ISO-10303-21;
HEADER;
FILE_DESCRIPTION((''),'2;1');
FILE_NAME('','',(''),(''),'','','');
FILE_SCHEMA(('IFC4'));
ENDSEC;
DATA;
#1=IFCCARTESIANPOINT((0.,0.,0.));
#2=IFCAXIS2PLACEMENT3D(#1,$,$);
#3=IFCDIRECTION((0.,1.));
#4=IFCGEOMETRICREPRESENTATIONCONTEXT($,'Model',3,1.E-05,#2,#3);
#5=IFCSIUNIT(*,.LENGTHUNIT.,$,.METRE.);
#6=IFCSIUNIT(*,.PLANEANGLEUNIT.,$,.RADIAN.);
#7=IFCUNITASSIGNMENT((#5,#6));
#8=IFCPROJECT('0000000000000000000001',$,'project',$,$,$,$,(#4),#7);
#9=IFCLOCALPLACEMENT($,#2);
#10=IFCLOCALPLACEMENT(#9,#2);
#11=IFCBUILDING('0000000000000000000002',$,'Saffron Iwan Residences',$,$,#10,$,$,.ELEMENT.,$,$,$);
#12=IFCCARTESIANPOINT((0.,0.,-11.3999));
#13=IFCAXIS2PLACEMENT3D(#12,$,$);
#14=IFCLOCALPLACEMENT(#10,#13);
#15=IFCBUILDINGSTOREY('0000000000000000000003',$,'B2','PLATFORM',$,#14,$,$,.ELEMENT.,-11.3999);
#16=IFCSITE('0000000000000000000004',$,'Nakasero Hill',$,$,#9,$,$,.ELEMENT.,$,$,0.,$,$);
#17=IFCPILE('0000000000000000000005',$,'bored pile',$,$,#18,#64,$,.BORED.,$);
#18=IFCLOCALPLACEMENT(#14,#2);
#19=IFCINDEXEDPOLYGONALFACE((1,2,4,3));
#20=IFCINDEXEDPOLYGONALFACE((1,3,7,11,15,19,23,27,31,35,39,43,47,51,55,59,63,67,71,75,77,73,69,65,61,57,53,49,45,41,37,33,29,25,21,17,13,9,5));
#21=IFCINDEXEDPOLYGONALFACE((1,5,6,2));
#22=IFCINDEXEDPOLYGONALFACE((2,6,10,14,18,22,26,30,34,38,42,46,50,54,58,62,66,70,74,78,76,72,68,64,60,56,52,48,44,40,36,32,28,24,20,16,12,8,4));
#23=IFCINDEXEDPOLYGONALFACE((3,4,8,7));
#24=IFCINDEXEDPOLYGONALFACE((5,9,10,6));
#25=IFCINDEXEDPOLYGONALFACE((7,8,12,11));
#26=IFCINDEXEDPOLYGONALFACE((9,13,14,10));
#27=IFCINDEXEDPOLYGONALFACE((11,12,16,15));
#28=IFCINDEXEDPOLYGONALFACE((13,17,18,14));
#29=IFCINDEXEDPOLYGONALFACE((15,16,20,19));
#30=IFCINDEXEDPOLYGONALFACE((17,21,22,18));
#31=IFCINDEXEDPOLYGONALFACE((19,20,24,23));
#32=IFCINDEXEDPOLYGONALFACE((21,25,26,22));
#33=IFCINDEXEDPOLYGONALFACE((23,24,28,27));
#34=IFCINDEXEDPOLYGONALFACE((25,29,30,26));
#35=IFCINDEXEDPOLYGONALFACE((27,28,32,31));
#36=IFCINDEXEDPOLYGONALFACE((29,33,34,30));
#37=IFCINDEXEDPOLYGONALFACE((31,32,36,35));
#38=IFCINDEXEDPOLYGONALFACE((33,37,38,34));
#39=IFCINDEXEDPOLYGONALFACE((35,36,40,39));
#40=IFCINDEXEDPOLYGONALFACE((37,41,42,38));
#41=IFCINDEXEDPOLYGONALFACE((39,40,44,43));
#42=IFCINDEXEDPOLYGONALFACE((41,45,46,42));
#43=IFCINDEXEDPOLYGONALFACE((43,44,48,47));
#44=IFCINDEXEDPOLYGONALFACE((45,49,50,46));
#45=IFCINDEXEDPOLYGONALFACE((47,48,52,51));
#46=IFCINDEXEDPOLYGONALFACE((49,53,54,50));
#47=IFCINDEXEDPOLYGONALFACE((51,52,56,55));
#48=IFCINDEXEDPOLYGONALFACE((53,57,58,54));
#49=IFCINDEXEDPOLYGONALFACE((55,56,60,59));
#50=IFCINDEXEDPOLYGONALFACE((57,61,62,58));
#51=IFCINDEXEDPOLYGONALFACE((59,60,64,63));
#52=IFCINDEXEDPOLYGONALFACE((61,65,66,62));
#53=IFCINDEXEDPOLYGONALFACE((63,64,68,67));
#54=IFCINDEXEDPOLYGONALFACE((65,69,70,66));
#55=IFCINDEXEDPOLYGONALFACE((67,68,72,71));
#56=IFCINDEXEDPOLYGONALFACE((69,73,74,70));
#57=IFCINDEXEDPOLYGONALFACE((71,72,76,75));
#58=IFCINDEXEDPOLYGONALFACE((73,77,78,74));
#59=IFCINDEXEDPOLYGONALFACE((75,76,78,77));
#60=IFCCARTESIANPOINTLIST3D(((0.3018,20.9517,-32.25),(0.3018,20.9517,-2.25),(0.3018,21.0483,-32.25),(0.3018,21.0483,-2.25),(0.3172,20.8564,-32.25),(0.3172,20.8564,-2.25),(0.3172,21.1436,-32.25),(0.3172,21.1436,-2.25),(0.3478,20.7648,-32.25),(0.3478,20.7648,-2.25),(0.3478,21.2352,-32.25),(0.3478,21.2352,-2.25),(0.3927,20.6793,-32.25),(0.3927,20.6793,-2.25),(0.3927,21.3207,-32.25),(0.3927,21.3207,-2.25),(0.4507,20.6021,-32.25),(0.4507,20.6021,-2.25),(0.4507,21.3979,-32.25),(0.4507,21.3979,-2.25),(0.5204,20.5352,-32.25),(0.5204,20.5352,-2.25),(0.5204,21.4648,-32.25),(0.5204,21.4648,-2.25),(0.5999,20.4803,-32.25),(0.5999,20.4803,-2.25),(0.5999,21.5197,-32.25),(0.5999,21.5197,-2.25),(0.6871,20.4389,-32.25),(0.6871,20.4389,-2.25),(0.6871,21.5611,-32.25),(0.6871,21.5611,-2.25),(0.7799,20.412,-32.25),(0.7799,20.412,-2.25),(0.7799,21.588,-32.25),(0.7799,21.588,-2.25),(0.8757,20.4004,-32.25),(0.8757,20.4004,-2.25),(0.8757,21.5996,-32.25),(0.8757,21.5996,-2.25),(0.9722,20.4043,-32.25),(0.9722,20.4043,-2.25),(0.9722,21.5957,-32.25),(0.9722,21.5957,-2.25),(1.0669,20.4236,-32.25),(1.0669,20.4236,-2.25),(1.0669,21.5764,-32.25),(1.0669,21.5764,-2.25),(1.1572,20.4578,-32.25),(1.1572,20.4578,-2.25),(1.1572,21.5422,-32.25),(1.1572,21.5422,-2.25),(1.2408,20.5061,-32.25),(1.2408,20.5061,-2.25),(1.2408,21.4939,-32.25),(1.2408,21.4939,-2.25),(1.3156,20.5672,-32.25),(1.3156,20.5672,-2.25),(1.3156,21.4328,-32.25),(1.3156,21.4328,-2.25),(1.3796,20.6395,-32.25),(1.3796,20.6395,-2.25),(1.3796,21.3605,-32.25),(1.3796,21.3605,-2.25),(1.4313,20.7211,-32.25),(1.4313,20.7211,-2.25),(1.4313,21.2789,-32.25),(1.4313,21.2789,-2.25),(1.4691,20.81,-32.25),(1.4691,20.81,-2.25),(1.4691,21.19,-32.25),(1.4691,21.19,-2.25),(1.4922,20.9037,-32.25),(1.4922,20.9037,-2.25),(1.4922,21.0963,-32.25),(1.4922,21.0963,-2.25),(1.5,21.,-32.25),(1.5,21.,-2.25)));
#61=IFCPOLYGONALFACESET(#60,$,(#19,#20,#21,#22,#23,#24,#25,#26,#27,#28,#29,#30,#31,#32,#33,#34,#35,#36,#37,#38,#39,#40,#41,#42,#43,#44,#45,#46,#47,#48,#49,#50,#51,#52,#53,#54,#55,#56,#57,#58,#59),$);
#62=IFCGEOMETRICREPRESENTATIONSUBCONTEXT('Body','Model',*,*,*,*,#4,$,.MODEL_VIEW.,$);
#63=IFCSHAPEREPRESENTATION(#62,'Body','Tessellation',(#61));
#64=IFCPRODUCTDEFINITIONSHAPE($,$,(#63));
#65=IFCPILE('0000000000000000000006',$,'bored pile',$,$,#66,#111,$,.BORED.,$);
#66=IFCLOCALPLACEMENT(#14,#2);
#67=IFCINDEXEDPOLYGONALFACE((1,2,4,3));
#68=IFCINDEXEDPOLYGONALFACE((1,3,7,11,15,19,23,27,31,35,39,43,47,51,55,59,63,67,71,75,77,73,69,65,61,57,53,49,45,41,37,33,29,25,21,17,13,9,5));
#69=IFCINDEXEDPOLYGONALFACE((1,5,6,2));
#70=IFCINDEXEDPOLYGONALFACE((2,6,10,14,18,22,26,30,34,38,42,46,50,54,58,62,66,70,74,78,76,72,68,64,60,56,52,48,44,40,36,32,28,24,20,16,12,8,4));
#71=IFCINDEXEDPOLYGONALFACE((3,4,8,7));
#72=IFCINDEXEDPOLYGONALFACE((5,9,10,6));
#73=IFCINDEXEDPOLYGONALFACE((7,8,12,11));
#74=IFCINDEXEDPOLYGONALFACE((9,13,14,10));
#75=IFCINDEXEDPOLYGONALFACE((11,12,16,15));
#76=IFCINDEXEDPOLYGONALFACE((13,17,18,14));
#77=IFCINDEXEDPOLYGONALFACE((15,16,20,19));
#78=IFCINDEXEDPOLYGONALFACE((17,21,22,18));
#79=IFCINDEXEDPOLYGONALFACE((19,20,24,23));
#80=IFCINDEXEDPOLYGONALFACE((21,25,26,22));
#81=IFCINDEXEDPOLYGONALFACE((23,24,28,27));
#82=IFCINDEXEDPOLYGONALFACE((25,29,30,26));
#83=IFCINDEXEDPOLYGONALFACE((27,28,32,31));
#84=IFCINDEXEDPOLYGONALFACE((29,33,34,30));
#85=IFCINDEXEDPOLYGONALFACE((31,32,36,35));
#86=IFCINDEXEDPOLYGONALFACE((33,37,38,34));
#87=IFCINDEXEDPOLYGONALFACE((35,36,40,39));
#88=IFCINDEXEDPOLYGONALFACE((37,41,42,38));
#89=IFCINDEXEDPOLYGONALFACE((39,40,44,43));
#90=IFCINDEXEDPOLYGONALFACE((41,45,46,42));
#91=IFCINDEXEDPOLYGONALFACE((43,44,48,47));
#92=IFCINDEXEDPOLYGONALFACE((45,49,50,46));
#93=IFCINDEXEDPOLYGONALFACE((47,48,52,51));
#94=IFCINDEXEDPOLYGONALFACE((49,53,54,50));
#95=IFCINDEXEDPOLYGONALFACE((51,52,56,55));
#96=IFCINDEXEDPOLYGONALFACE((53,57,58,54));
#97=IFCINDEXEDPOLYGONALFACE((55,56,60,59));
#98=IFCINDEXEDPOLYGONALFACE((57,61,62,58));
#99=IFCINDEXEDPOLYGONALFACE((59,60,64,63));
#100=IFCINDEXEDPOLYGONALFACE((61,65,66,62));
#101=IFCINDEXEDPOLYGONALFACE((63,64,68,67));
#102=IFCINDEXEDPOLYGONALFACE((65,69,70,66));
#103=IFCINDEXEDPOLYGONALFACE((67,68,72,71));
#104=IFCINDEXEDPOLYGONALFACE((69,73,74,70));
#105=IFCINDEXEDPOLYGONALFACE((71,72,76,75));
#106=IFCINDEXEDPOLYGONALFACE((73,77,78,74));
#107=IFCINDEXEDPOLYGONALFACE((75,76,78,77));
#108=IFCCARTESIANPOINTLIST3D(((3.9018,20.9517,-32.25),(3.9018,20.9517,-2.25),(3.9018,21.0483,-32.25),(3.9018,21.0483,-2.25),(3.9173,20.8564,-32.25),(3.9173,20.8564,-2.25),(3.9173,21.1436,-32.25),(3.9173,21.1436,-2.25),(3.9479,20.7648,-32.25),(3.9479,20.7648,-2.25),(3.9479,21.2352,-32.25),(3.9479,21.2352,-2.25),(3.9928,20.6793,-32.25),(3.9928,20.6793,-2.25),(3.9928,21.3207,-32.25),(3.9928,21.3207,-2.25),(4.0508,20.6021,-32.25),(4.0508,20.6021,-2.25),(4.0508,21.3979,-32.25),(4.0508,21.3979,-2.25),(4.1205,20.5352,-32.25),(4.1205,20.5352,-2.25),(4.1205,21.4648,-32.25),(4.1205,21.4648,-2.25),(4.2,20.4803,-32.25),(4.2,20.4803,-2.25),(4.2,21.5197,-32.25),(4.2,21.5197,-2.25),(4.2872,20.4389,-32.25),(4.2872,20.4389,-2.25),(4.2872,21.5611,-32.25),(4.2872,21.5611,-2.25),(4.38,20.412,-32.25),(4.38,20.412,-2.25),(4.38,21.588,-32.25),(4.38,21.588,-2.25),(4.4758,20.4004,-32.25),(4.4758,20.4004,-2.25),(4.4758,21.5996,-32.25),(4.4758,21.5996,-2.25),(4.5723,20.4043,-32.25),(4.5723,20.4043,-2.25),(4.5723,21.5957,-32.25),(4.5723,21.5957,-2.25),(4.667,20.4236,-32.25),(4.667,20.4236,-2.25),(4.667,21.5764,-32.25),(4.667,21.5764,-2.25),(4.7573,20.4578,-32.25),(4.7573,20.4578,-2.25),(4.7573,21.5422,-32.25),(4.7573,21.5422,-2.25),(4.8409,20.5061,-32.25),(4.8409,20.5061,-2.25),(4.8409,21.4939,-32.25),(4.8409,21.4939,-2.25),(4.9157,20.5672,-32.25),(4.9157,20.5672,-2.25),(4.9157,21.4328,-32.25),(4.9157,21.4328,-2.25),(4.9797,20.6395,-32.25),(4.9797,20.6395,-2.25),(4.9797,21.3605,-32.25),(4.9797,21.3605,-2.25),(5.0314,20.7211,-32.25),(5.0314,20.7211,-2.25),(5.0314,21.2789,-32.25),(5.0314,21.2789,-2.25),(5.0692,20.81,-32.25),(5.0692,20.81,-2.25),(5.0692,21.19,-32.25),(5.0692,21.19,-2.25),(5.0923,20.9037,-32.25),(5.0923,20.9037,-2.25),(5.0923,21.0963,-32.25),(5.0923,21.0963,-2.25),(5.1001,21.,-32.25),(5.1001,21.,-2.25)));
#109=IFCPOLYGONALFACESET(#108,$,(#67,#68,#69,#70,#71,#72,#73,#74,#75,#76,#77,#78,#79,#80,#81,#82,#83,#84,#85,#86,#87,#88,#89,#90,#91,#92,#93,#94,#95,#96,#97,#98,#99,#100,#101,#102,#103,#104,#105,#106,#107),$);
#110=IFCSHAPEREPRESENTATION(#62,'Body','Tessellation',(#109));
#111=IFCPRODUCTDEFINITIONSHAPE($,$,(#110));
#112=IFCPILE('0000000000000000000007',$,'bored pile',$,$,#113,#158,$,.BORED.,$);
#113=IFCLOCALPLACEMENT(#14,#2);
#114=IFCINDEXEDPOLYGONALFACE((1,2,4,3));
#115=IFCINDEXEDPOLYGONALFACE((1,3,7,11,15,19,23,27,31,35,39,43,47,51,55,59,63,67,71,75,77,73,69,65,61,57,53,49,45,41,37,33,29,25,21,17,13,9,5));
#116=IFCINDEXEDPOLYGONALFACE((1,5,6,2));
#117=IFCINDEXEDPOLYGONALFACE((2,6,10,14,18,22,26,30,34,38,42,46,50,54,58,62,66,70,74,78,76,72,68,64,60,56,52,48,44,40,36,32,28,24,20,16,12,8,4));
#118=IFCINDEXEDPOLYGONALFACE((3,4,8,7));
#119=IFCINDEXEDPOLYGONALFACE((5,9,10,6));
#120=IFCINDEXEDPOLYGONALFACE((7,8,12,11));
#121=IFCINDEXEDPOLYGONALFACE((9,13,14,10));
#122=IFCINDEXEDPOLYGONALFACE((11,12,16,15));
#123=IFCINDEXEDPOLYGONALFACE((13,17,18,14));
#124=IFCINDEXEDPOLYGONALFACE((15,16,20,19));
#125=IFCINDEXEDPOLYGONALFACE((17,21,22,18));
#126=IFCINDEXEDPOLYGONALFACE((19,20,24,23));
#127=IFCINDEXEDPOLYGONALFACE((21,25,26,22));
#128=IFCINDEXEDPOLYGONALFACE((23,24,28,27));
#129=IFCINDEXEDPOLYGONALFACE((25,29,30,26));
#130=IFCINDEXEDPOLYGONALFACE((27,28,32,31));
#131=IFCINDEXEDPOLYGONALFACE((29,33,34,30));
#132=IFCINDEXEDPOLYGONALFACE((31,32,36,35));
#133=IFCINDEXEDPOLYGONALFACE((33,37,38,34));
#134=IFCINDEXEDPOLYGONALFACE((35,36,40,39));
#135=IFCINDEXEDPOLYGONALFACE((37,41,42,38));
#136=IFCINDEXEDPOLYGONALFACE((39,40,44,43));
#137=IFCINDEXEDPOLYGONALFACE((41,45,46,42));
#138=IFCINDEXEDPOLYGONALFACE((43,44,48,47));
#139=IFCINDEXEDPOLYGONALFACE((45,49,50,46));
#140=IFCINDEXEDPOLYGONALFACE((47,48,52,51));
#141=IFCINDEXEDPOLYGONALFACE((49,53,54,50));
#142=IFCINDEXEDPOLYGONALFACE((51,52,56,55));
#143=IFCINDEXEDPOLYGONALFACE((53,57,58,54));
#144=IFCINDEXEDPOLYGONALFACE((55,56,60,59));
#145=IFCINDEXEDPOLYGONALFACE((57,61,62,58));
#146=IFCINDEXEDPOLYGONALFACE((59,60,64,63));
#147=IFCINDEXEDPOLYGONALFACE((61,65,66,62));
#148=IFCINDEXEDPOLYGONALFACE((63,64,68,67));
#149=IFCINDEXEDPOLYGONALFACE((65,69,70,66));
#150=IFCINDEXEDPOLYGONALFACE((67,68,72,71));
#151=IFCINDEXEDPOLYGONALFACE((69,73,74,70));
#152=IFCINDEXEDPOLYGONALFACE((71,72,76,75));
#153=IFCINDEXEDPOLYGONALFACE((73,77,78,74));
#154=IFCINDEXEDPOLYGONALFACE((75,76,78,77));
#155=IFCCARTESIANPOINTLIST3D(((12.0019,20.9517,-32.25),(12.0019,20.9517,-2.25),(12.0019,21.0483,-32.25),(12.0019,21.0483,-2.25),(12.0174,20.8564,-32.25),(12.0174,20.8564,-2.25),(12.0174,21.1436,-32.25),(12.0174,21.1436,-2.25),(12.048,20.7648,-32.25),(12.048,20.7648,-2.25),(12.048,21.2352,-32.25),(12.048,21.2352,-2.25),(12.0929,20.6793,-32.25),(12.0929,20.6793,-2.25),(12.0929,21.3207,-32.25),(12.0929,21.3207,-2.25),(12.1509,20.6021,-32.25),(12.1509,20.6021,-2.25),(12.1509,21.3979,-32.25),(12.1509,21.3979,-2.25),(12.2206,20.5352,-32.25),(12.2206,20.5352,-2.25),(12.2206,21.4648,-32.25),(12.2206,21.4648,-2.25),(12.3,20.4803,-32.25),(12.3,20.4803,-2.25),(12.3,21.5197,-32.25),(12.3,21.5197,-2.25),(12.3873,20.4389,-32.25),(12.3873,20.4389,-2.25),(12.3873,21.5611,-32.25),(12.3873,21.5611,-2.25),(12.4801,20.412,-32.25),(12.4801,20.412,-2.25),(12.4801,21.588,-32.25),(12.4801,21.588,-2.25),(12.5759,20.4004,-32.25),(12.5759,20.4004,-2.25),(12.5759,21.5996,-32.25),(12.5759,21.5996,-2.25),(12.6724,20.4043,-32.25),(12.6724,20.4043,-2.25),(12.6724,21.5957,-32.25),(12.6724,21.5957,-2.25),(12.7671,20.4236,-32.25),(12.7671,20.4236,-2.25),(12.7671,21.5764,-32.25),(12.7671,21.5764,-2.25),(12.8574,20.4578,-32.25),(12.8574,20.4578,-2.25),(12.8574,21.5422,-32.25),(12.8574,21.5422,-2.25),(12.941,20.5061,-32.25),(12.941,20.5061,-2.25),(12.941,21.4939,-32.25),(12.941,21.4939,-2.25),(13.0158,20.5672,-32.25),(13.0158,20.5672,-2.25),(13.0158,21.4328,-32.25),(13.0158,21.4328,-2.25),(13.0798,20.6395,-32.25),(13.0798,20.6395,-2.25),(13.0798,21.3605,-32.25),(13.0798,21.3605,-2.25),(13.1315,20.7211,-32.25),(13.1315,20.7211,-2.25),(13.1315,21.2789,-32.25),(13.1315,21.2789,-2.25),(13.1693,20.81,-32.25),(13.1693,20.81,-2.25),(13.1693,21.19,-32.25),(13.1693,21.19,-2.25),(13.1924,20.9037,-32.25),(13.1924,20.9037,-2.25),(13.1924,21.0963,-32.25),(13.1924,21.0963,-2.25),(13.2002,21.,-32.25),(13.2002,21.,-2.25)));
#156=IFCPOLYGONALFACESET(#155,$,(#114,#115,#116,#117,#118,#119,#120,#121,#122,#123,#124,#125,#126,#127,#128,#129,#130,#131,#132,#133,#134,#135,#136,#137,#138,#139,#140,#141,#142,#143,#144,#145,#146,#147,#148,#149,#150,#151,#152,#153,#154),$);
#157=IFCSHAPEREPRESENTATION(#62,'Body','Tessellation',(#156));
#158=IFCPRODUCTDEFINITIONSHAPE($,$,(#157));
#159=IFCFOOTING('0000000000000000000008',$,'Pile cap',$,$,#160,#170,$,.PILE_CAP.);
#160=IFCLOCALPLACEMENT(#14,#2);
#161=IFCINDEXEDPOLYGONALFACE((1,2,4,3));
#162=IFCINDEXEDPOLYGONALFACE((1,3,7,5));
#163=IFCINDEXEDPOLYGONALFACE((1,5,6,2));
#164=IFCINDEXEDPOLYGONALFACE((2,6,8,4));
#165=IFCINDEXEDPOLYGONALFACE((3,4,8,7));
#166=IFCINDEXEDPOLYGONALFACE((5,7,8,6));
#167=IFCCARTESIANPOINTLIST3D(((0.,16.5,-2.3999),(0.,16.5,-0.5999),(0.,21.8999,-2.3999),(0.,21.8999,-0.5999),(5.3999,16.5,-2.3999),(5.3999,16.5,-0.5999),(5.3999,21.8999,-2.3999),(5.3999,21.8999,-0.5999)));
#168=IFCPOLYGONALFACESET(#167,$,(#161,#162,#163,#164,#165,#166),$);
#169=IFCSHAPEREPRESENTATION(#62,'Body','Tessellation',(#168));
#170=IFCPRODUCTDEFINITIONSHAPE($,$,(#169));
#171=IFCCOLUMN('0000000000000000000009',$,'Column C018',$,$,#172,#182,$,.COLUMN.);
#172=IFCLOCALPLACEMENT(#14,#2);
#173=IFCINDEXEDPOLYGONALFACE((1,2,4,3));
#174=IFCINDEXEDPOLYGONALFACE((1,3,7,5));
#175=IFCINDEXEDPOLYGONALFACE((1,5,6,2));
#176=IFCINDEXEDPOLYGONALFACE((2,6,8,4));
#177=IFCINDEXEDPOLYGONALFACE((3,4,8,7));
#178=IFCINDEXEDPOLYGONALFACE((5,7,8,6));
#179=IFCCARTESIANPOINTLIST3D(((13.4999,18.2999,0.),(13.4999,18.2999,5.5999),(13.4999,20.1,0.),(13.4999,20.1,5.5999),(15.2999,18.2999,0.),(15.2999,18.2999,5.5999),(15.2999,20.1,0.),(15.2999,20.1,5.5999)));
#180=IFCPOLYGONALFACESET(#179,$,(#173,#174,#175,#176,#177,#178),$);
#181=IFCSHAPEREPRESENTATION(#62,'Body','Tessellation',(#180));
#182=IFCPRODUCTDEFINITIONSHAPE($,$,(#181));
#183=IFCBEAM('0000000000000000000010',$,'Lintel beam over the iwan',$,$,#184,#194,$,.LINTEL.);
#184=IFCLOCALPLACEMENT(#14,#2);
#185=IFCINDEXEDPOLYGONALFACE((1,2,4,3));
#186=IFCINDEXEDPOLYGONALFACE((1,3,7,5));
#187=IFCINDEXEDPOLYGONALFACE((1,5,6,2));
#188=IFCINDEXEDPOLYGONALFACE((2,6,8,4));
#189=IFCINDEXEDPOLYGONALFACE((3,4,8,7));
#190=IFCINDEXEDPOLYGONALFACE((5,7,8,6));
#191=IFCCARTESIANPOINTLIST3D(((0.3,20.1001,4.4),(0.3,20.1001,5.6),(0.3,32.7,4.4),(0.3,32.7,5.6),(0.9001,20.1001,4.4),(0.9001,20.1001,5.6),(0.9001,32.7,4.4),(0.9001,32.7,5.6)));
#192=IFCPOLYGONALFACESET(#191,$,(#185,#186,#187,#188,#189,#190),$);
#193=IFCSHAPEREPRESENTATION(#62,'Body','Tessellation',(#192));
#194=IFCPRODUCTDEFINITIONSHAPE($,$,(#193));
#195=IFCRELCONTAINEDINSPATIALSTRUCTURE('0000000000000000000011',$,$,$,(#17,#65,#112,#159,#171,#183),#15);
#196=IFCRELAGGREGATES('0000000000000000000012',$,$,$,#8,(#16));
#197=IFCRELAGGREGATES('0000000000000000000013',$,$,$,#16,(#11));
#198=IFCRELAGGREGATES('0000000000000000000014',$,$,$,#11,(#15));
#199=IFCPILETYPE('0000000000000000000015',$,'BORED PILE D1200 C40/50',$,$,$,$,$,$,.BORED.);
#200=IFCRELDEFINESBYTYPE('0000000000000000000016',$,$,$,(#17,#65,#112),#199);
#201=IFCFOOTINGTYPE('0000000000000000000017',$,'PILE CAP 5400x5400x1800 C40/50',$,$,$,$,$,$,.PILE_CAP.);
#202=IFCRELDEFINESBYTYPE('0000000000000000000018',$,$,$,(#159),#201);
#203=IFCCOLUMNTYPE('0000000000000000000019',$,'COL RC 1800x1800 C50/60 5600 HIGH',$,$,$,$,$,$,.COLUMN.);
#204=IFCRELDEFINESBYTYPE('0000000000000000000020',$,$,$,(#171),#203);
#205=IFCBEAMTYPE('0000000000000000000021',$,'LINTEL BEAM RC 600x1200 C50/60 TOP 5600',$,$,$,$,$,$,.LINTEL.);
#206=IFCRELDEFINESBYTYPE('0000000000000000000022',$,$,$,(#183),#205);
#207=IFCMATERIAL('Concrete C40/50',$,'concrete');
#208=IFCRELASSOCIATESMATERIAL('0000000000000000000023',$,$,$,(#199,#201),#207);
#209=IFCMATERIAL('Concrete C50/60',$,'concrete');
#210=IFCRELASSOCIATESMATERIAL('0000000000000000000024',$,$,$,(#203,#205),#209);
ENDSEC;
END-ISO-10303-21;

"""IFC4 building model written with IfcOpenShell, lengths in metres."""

from ifc_helpers import new_model, si_unit, direction, frame, origin, origin_2d, place, context, subcontext, project, spatial, rectangle, circle, extrude, source, transform, mapped, material, material_profile, profile_set, type_object, element, save


model = new_model("IFC4")

# Units and contexts
model_context = context("Model", 3, precision=1e-05, world=origin(), true_north=direction((0.0, 1.0)))
body_context = subcontext(model_context, "Body", "Model", "MODEL_VIEW")
ifc_project = project(units=[si_unit("LENGTHUNIT", "METRE"), si_unit("PLANEANGLEUNIT", "RADIAN")], contexts=[model_context])

# Site, building, storey
site_placement = place(None, origin())
site = spatial("IfcSite", under=ifc_project, at=site_placement, Name="Nakasero Hill", CompositionType="ELEMENT", RefElevation=0.0)
building_placement = place(site_placement, origin())
building = spatial("IfcBuilding", under=site, at=building_placement, Name="Saffron Iwan Residences", CompositionType="ELEMENT")
storey_placement = place(building_placement, frame((0.0, 0.0, -11.3999)))
storey = spatial("IfcBuildingStorey", under=building, at=storey_placement, Name="B2", Description="PLATFORM", CompositionType="ELEMENT", Elevation=-11.3999)

# Piles
ifc_material_1 = material(Name="Concrete C40/50", Category="concrete")
ifc_material_profile_1 = material_profile(ifc_material_1, circle(Radius=0.6001, at=origin_2d()), Name="RC D1200")
ifc_profile_set_1 = profile_set([ifc_material_profile_1], Name="Concrete C40/50")
pile_type = type_object("IfcPileType", Name="BORED PILE D1200 C40/50", PredefinedType="BORED", material=ifc_profile_set_1)
for number, where, z_axis, x_axis, name in (
    (1, (0.8999, 21.0, -2.25), (0.0, 0.0, -1.0), (1.0, 0.0, 0.0), "bored pile"),
    (2, (4.5, 21.0, -2.25), (0.0, 0.0, -1.0), (1.0, 0.0, 0.0), "bored pile"),
    (3, (12.6001, 21.0, -2.25), (0.0, 0.0, -1.0), (1.0, 0.0, 0.0), "bored pile"),
):
    element("IfcPile", number, at=place(storey_placement, frame(where, z_axis=z_axis, x_axis=x_axis)), inside=storey, type_object=pile_type, Name=name, PredefinedType="BORED", context=body_context, shape_type="SweptSolid", body=[
        extrude(circle(Radius=0.6001, at=origin_2d()), origin(), (0.0, 0.0, 1.0), 30.0),
    ])

# Footing
footing_type = type_object("IfcFootingType", Name="PILE CAP 5400x5400x1800 C40/50", PredefinedType="PILE_CAP", material=ifc_material_1)
shared_shape_1 = source(origin(), body_context, "Body", "SweptSolid", [
    extrude(rectangle(XDim=5.3999, YDim=5.3999, at=origin_2d()), origin(), (0.0, 0.0, 1.0), 1.8),
])
footing_placement = place(storey_placement, frame((2.7, 19.2, -2.3999), z_axis=(0.0, 0.0, 1.0), x_axis=(1.0, 0.0, 0.0)))
element("IfcFooting", 4, at=footing_placement, inside=storey, type_object=footing_type, Name="Pile cap", PredefinedType="PILE_CAP", context=body_context, shape_type="MappedRepresentation", body=[
    mapped(shared_shape_1, transform((0.0, 0.0, 0.0))),
])

# Column
ifc_material_2 = material(Name="Concrete C50/60", Category="concrete")
ifc_material_profile_2 = material_profile(ifc_material_2, rectangle(XDim=1.8, YDim=1.8, at=origin_2d()), Name="RC 1800x1800")
ifc_profile_set_2 = profile_set([ifc_material_profile_2], Name="Concrete C50/60")
column_type = type_object("IfcColumnType", Name="COL RC 1800x1800 C50/60 5600 HIGH", PredefinedType="COLUMN", material=ifc_profile_set_2)
shared_shape_2 = source(origin(), body_context, "Body", "SweptSolid", [
    extrude(rectangle(XDim=1.8, YDim=1.8, at=origin_2d()), origin(), (0.0, 0.0, 1.0), 5.5999),
])
column_placement = place(storey_placement, frame((14.3999, 19.2, 0.0), z_axis=(0.0, 0.0, 1.0), x_axis=(1.0, 0.0, 0.0)))
element("IfcColumn", 5, at=column_placement, inside=storey, type_object=column_type, Name="Column C018", PredefinedType="COLUMN", context=body_context, shape_type="MappedRepresentation", body=[
    mapped(shared_shape_2, transform((0.0, 0.0, 0.0))),
])

# Beam
ifc_material_profile_3 = material_profile(ifc_material_2, rectangle(XDim=0.6001, YDim=1.2, at=origin_2d()), Name="RC 600x1200")
ifc_profile_set_3 = profile_set([ifc_material_profile_3], Name="Concrete C50/60")
beam_type_1 = type_object("IfcBeamType", Name="LINTEL BEAM RC 600x1200 C50/60 TOP 5600", PredefinedType="LINTEL", material=ifc_profile_set_3)
shared_shape_3 = source(origin(), body_context, "Body", "SweptSolid", [
    extrude(rectangle(XDim=0.6001, YDim=1.2, at=origin_2d()), origin(), (0.0, 0.0, 1.0), 12.5999),
])
beam_1_placement = place(storey_placement, frame((0.6001, 20.1001, 5.0), z_axis=(0.0, 1.0, 0.0), x_axis=(-1.0, 0.0, 0.0)))
element("IfcBeam", 6, at=beam_1_placement, inside=storey, type_object=beam_type_1, Name="Lintel beam over the iwan", PredefinedType="LINTEL", context=body_context, shape_type="MappedRepresentation", body=[
    mapped(shared_shape_3, transform((0.0, 0.0, 0.0))),
])

save(model, "model.ifc")
